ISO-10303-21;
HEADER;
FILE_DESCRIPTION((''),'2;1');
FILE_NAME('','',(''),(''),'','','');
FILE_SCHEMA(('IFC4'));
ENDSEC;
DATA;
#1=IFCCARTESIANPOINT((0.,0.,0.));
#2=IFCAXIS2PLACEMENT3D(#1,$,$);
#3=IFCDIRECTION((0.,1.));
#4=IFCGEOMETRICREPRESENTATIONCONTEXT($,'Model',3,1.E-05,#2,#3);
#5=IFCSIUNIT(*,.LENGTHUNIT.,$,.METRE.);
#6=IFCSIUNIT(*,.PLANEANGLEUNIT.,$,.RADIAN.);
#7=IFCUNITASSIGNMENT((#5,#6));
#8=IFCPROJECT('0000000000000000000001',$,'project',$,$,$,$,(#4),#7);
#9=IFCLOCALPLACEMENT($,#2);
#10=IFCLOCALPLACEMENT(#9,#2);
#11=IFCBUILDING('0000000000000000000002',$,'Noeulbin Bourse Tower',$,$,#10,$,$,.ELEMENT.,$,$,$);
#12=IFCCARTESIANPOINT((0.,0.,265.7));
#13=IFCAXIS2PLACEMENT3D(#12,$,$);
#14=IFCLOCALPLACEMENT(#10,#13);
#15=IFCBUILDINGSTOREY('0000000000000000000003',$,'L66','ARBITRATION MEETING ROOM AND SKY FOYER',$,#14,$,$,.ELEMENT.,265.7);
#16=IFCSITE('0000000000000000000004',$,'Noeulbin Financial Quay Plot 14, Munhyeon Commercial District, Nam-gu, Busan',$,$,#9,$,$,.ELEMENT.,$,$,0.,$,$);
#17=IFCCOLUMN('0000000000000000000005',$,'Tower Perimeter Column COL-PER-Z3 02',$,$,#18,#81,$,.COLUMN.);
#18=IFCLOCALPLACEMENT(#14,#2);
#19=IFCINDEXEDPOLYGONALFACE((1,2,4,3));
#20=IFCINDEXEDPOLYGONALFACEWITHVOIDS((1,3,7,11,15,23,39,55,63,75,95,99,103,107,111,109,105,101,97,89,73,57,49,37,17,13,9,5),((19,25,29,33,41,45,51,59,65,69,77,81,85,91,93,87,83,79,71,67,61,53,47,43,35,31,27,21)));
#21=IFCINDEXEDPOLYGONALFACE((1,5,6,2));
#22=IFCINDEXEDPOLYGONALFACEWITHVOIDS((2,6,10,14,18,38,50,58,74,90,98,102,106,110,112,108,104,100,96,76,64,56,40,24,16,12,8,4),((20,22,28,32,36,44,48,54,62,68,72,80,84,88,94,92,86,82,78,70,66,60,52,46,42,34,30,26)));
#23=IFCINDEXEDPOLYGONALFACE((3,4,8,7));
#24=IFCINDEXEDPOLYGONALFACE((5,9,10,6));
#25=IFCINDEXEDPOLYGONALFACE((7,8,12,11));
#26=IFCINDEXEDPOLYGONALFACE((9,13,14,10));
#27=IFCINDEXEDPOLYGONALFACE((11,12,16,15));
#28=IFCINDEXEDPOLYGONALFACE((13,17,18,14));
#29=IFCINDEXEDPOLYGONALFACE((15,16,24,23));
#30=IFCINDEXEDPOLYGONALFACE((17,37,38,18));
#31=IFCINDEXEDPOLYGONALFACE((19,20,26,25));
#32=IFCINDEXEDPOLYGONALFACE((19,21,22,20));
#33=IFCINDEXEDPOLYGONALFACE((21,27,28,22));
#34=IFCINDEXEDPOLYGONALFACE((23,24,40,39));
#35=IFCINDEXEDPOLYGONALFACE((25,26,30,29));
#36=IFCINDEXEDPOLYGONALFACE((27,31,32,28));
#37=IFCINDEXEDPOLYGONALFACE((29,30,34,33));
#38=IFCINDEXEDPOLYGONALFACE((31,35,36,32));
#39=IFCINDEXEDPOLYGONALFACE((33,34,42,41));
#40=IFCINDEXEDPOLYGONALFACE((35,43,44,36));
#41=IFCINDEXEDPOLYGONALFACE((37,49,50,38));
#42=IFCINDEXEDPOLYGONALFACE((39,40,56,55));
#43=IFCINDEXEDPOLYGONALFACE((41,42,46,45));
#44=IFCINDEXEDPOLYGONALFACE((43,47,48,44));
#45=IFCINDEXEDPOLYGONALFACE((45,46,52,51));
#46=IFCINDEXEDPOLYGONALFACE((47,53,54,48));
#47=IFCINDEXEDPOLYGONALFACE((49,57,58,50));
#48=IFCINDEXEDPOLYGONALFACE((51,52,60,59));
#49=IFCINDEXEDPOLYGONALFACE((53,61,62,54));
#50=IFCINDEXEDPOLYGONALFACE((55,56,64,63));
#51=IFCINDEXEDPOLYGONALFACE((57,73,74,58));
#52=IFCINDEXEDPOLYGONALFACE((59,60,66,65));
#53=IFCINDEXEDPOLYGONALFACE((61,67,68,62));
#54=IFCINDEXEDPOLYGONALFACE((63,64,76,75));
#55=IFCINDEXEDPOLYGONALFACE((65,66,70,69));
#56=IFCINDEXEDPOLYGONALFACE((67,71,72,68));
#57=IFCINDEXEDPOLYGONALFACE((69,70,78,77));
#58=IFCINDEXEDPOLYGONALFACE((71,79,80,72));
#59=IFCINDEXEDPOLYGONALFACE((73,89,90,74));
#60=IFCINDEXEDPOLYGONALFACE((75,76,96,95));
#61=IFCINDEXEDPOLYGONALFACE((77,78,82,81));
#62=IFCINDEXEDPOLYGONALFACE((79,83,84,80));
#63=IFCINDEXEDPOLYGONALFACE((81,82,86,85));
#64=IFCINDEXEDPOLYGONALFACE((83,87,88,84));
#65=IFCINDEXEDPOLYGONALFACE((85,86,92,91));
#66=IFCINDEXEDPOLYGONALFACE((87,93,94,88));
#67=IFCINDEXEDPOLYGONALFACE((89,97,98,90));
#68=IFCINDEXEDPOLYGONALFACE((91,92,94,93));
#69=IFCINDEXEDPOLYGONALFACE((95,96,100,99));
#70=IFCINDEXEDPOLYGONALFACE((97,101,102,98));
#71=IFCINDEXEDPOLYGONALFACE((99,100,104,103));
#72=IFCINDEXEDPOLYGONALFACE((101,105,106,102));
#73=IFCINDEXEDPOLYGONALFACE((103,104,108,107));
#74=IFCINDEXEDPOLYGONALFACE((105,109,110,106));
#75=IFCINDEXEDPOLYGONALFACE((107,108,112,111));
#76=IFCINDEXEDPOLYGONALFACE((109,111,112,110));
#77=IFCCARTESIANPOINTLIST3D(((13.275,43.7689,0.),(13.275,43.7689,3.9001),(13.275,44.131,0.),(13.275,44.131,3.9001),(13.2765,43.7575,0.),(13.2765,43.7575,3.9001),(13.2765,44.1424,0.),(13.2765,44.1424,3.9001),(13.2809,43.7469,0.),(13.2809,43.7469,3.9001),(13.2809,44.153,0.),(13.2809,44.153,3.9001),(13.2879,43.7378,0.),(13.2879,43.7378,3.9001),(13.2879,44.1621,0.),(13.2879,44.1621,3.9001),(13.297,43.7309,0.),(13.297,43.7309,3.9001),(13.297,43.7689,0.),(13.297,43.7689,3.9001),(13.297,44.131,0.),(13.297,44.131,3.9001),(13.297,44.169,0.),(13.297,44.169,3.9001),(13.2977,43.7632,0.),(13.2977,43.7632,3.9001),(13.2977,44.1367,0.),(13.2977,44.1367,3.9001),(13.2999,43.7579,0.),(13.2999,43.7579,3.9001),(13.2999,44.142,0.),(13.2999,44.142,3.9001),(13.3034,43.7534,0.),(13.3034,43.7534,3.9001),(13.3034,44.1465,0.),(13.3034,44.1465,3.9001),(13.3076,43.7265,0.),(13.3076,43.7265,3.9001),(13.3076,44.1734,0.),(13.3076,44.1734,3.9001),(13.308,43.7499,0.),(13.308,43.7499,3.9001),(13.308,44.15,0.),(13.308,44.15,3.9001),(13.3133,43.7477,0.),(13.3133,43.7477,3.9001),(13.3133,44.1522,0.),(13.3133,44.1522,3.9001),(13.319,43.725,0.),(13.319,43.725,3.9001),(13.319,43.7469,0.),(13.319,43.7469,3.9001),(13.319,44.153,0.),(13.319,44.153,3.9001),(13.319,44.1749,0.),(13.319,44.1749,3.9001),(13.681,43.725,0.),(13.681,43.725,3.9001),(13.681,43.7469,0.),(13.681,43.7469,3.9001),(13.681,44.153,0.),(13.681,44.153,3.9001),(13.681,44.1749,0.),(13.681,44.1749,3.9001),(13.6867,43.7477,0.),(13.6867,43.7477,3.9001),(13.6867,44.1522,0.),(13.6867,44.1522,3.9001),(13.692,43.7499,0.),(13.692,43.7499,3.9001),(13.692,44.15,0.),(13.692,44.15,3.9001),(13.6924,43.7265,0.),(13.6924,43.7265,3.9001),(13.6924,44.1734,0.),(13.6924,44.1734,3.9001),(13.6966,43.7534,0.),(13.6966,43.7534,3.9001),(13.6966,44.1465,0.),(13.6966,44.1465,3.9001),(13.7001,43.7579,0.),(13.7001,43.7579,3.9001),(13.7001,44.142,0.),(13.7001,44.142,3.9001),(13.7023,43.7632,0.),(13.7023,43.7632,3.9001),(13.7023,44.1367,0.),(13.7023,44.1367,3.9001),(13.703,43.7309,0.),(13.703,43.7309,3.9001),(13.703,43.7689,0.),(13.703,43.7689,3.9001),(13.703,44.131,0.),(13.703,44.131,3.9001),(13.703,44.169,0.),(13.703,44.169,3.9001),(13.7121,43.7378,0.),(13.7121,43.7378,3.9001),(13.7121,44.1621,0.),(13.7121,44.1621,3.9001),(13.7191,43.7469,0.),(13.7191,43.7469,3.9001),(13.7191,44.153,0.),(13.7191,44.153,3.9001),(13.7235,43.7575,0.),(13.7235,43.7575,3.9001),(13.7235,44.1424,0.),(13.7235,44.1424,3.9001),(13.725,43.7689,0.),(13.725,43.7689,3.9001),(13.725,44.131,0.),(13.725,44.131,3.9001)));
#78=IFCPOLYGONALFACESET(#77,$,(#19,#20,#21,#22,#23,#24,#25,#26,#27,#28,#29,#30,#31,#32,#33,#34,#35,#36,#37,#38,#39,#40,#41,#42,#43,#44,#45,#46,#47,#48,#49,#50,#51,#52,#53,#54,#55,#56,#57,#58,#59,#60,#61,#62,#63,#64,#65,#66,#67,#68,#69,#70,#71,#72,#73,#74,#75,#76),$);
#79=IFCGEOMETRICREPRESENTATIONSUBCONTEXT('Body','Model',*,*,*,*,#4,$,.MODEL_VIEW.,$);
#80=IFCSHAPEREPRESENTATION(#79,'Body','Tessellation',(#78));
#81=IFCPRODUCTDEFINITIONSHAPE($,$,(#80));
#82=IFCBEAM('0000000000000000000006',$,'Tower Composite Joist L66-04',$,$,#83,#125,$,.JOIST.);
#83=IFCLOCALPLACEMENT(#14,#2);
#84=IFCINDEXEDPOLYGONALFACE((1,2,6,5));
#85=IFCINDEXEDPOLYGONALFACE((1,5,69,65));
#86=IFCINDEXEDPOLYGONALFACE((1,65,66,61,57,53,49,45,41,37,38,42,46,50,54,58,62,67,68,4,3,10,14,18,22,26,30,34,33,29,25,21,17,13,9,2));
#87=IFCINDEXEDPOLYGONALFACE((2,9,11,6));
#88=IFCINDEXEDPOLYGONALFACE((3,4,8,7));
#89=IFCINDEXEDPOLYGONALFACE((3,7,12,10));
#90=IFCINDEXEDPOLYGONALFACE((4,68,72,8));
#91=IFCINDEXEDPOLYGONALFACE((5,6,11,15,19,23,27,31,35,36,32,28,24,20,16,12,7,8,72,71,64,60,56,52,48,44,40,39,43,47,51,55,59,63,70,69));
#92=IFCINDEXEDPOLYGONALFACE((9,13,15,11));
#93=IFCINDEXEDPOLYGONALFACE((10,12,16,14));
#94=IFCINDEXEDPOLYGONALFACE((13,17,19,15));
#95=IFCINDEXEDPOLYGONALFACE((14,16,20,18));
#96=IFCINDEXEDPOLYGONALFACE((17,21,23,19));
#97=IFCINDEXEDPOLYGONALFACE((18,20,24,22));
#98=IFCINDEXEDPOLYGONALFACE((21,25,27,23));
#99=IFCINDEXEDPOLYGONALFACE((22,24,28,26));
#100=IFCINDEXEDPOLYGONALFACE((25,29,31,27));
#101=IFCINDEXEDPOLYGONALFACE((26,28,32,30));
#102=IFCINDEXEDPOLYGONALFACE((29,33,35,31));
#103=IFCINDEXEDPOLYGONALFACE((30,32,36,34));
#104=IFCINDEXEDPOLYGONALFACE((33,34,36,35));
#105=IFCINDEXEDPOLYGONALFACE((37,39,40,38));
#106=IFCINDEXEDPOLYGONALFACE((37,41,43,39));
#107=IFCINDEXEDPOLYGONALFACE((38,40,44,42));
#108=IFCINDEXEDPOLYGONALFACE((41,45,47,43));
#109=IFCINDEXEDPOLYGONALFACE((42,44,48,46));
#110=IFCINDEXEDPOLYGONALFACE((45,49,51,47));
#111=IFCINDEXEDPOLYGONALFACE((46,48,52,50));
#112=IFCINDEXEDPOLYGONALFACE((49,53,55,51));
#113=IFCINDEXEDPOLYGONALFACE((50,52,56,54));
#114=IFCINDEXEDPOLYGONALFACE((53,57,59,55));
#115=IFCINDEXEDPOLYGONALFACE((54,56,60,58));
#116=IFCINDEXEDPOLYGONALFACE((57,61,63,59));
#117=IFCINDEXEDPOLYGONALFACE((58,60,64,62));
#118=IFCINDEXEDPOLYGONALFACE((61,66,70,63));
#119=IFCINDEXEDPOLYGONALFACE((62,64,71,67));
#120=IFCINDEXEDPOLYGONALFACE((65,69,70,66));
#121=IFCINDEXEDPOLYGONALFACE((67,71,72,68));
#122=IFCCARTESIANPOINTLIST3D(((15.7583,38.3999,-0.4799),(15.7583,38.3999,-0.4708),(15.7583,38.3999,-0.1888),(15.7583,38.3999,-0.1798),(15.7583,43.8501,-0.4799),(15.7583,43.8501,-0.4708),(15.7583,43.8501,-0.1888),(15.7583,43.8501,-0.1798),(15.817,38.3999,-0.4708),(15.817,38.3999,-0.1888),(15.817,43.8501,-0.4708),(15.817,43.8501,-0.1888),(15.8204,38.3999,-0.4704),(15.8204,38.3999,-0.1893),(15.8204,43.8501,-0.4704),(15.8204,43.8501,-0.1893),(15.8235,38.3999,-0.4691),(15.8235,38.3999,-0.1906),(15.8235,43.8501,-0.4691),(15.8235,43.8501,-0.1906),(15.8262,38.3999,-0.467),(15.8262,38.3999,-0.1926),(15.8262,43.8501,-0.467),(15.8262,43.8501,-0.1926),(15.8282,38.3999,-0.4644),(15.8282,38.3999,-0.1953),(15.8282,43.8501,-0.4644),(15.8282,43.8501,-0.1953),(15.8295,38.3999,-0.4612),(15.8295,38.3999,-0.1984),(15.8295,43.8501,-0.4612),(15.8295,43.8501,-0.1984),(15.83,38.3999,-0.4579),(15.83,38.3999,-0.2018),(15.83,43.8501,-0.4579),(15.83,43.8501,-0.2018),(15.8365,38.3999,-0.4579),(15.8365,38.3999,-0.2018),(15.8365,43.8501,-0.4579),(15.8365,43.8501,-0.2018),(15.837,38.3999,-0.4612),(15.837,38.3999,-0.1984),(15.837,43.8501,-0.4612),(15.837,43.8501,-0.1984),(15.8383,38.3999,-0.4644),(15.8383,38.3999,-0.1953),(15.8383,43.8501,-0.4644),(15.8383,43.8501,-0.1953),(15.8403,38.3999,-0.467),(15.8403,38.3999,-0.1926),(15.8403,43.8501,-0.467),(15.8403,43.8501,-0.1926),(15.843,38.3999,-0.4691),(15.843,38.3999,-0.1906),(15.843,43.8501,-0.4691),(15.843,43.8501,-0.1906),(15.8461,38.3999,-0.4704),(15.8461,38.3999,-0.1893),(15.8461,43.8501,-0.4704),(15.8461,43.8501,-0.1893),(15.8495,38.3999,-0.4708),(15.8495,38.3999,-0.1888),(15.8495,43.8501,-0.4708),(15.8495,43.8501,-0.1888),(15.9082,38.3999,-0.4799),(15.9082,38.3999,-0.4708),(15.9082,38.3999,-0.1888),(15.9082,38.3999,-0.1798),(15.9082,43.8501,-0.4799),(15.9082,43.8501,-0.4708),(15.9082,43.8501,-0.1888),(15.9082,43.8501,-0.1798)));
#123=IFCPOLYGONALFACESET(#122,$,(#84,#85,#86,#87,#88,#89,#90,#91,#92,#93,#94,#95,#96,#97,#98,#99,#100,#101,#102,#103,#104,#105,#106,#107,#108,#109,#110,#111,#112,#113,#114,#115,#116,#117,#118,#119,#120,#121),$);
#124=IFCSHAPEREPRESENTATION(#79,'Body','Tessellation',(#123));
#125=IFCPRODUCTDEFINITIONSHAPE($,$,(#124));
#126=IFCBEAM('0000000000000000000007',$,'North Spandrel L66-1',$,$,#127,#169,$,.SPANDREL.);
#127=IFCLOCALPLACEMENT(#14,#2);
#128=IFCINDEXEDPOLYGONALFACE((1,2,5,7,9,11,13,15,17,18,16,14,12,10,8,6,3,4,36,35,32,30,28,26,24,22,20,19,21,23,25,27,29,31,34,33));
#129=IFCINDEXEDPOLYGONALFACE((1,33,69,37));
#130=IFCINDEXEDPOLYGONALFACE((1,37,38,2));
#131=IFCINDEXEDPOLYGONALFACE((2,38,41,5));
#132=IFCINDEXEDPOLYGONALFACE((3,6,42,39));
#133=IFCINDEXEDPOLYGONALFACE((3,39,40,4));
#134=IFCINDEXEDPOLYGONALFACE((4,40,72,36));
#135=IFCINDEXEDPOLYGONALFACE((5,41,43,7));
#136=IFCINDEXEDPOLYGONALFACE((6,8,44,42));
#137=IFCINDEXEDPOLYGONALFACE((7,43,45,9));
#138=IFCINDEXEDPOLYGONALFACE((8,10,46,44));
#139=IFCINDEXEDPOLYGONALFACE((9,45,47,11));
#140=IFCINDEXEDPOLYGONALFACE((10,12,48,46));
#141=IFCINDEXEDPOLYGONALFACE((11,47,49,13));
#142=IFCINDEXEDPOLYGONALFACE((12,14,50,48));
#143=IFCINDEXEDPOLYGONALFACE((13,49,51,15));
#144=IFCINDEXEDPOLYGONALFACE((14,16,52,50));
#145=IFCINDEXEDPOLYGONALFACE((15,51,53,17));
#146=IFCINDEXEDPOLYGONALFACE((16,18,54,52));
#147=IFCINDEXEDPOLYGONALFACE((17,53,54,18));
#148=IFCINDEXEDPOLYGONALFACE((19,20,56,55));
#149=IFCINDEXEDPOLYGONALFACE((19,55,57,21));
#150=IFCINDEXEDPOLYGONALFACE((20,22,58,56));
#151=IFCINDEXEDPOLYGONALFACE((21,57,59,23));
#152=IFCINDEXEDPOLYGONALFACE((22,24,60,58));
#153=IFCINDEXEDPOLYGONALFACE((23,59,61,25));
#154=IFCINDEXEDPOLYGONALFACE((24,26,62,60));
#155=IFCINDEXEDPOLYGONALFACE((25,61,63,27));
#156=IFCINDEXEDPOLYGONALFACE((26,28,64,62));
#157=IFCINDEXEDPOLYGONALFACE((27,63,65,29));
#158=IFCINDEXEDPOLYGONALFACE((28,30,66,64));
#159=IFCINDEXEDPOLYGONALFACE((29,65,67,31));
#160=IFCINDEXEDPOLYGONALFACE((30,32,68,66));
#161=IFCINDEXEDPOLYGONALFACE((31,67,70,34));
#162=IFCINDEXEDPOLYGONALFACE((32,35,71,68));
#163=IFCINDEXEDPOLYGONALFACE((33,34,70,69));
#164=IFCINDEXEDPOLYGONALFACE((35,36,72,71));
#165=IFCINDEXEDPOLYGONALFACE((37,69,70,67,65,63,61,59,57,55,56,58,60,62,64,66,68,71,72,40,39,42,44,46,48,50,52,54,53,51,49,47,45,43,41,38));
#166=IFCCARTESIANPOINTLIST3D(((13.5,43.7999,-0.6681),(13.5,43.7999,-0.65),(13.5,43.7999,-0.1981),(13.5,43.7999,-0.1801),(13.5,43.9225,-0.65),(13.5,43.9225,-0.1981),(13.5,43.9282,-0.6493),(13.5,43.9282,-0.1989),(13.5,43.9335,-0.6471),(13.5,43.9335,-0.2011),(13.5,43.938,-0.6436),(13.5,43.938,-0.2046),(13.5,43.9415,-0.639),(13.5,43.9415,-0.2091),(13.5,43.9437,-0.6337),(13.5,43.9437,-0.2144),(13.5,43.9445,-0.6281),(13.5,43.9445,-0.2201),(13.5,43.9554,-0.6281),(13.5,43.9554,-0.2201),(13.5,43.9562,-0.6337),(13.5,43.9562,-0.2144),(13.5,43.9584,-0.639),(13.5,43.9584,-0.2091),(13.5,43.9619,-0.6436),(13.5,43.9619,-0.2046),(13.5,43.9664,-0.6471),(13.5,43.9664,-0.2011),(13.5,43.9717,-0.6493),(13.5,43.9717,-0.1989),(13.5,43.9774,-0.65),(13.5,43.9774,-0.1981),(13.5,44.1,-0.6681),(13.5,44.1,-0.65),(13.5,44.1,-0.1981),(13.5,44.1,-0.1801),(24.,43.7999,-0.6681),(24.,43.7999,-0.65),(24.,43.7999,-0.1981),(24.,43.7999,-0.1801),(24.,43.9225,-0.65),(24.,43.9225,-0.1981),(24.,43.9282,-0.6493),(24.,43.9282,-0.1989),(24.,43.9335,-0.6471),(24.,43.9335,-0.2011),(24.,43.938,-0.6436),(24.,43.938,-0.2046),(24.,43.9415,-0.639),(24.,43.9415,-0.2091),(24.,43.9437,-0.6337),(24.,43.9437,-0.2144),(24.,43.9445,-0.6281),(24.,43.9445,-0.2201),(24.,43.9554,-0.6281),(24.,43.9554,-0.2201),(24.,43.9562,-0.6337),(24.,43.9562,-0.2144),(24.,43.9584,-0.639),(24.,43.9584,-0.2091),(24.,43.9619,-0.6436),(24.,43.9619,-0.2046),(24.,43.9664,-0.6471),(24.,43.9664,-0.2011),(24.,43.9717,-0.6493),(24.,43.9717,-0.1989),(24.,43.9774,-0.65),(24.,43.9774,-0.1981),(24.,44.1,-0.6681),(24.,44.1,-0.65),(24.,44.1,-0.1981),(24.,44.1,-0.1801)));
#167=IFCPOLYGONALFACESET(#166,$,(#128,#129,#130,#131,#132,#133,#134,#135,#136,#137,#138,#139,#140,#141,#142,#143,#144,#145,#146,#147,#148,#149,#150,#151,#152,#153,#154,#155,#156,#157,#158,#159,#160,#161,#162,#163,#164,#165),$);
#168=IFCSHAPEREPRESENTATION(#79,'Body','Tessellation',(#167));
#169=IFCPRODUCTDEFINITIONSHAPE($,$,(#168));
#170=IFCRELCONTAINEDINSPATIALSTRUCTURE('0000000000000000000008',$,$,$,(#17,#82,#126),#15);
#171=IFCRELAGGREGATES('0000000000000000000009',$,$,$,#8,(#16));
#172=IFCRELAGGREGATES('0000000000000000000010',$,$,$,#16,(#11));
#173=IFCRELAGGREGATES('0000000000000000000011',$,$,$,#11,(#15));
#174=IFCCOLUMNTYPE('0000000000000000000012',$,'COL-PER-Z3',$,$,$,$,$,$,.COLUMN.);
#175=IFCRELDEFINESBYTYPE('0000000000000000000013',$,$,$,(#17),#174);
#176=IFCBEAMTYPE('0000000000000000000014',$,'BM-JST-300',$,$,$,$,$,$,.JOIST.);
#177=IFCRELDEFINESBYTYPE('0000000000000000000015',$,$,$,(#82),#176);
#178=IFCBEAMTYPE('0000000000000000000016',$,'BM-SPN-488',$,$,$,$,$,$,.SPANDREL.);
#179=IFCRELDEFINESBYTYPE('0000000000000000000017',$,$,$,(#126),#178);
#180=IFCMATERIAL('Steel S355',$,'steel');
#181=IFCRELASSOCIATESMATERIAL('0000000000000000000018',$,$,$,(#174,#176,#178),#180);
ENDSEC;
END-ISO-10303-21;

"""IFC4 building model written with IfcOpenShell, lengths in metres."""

from ifc_helpers import new_model, si_unit, direction, frame, origin, origin_2d, place, context, subcontext, project, spatial, hollow_rectangle, i_section, extrude, material, material_profile, profile_set, type_object, element, save


model = new_model("IFC4")

# Units and contexts
model_context = context("Model", 3, precision=1e-05, world=origin(), true_north=direction((0.0, 1.0)))
body_context = subcontext(model_context, "Body", "Model", "MODEL_VIEW")
ifc_project = project(units=[si_unit("LENGTHUNIT", "METRE"), si_unit("PLANEANGLEUNIT", "RADIAN")], contexts=[model_context])

# Site, building, storey
site_placement = place(None, origin())
site = spatial("IfcSite", under=ifc_project, at=site_placement, Name="Noeulbin Financial Quay Plot 14, Munhyeon Commercial District, Nam-gu, Busan", CompositionType="ELEMENT", RefElevation=0.0)
building_placement = place(site_placement, origin())
building = spatial("IfcBuilding", under=site, at=building_placement, Name="Noeulbin Bourse Tower", CompositionType="ELEMENT")
storey_placement = place(building_placement, frame((0.0, 0.0, 265.7)))
storey = spatial("IfcBuildingStorey", under=building, at=storey_placement, Name="L66", Description="ARBITRATION MEETING ROOM AND SKY FOYER", CompositionType="ELEMENT", Elevation=265.7)

# Column
ifc_material_1 = material(Name="Steel S355", Category="steel")
ifc_material_profile_1 = material_profile(ifc_material_1, hollow_rectangle(XDim=0.45, YDim=0.45, WallThickness=0.022, InnerFilletRadius=0.022, OuterFilletRadius=0.0439, at=origin_2d()), Name="SHS-450x450x22", Category="LoadBearing")
ifc_profile_set_1 = profile_set([ifc_material_profile_1], Name="Steel S355")
column_type = type_object("IfcColumnType", Name="COL-PER-Z3", PredefinedType="COLUMN", material=ifc_profile_set_1)
column_placement = place(storey_placement, frame((13.5, 43.95, 0.0), z_axis=(0.0, 0.0, 1.0), x_axis=(1.0, 0.0, 0.0)))
element("IfcColumn", 1, at=column_placement, inside=storey, type_object=column_type, Name="Tower Perimeter Column COL-PER-Z3 02", PredefinedType="COLUMN", context=body_context, shape_type="SweptSolid", body=[
    extrude(hollow_rectangle(XDim=0.45, YDim=0.45, WallThickness=0.022, InnerFilletRadius=0.022, OuterFilletRadius=0.0439, at=origin_2d()), origin(), (0.0, 0.0, 1.0), 3.9001),
])

# Beams
ifc_material_profile_2 = material_profile(ifc_material_1, i_section(OverallWidth=0.1499, OverallDepth=0.3, WebThickness=0.0066, FlangeThickness=0.009, FilletRadius=0.0129, at=origin_2d()), Name="H-300x150x6.5x9", Category="LoadBearing")
ifc_profile_set_2 = profile_set([ifc_material_profile_2], Name="Steel S355")
beam_type_1 = type_object("IfcBeamType", Name="BM-JST-300", PredefinedType="JOIST", material=ifc_profile_set_2)
beam_1_placement = place(storey_placement, frame((15.8333, 38.3999, -0.3298), z_axis=(0.0, 1.0, 0.0), x_axis=(-1.0, 0.0, 0.0)))
element("IfcBeam", 2, at=beam_1_placement, inside=storey, type_object=beam_type_1, Name="Tower Composite Joist L66-04", PredefinedType="JOIST", context=body_context, shape_type="SweptSolid", body=[
    extrude(i_section(OverallWidth=0.1499, OverallDepth=0.3, WebThickness=0.0066, FlangeThickness=0.009, FilletRadius=0.0129, at=origin_2d()), origin(), (0.0, 0.0, 1.0), 5.4502),
])
ifc_material_profile_3 = material_profile(ifc_material_1, i_section(OverallWidth=0.3, OverallDepth=0.488, WebThickness=0.011, FlangeThickness=0.0181, FilletRadius=0.022, at=origin_2d()), Name="H-488x300x11x18", Category="LoadBearing")
ifc_profile_set_3 = profile_set([ifc_material_profile_3], Name="Steel S355")
beam_type_2 = type_object("IfcBeamType", Name="BM-SPN-488", PredefinedType="SPANDREL", material=ifc_profile_set_3)
beam_2_placement = place(storey_placement, frame((13.5, 43.95, -0.4241), z_axis=(1.0, 0.0, 0.0), x_axis=(0.0, 1.0, 0.0)))
element("IfcBeam", 3, at=beam_2_placement, inside=storey, type_object=beam_type_2, Name="North Spandrel L66-1", PredefinedType="SPANDREL", context=body_context, shape_type="SweptSolid", body=[
    extrude(i_section(OverallWidth=0.3, OverallDepth=0.488, WebThickness=0.011, FlangeThickness=0.0181, FilletRadius=0.022, at=origin_2d()), origin(), (0.0, 0.0, 1.0), 10.5),
])

save(model, "model.ifc")
